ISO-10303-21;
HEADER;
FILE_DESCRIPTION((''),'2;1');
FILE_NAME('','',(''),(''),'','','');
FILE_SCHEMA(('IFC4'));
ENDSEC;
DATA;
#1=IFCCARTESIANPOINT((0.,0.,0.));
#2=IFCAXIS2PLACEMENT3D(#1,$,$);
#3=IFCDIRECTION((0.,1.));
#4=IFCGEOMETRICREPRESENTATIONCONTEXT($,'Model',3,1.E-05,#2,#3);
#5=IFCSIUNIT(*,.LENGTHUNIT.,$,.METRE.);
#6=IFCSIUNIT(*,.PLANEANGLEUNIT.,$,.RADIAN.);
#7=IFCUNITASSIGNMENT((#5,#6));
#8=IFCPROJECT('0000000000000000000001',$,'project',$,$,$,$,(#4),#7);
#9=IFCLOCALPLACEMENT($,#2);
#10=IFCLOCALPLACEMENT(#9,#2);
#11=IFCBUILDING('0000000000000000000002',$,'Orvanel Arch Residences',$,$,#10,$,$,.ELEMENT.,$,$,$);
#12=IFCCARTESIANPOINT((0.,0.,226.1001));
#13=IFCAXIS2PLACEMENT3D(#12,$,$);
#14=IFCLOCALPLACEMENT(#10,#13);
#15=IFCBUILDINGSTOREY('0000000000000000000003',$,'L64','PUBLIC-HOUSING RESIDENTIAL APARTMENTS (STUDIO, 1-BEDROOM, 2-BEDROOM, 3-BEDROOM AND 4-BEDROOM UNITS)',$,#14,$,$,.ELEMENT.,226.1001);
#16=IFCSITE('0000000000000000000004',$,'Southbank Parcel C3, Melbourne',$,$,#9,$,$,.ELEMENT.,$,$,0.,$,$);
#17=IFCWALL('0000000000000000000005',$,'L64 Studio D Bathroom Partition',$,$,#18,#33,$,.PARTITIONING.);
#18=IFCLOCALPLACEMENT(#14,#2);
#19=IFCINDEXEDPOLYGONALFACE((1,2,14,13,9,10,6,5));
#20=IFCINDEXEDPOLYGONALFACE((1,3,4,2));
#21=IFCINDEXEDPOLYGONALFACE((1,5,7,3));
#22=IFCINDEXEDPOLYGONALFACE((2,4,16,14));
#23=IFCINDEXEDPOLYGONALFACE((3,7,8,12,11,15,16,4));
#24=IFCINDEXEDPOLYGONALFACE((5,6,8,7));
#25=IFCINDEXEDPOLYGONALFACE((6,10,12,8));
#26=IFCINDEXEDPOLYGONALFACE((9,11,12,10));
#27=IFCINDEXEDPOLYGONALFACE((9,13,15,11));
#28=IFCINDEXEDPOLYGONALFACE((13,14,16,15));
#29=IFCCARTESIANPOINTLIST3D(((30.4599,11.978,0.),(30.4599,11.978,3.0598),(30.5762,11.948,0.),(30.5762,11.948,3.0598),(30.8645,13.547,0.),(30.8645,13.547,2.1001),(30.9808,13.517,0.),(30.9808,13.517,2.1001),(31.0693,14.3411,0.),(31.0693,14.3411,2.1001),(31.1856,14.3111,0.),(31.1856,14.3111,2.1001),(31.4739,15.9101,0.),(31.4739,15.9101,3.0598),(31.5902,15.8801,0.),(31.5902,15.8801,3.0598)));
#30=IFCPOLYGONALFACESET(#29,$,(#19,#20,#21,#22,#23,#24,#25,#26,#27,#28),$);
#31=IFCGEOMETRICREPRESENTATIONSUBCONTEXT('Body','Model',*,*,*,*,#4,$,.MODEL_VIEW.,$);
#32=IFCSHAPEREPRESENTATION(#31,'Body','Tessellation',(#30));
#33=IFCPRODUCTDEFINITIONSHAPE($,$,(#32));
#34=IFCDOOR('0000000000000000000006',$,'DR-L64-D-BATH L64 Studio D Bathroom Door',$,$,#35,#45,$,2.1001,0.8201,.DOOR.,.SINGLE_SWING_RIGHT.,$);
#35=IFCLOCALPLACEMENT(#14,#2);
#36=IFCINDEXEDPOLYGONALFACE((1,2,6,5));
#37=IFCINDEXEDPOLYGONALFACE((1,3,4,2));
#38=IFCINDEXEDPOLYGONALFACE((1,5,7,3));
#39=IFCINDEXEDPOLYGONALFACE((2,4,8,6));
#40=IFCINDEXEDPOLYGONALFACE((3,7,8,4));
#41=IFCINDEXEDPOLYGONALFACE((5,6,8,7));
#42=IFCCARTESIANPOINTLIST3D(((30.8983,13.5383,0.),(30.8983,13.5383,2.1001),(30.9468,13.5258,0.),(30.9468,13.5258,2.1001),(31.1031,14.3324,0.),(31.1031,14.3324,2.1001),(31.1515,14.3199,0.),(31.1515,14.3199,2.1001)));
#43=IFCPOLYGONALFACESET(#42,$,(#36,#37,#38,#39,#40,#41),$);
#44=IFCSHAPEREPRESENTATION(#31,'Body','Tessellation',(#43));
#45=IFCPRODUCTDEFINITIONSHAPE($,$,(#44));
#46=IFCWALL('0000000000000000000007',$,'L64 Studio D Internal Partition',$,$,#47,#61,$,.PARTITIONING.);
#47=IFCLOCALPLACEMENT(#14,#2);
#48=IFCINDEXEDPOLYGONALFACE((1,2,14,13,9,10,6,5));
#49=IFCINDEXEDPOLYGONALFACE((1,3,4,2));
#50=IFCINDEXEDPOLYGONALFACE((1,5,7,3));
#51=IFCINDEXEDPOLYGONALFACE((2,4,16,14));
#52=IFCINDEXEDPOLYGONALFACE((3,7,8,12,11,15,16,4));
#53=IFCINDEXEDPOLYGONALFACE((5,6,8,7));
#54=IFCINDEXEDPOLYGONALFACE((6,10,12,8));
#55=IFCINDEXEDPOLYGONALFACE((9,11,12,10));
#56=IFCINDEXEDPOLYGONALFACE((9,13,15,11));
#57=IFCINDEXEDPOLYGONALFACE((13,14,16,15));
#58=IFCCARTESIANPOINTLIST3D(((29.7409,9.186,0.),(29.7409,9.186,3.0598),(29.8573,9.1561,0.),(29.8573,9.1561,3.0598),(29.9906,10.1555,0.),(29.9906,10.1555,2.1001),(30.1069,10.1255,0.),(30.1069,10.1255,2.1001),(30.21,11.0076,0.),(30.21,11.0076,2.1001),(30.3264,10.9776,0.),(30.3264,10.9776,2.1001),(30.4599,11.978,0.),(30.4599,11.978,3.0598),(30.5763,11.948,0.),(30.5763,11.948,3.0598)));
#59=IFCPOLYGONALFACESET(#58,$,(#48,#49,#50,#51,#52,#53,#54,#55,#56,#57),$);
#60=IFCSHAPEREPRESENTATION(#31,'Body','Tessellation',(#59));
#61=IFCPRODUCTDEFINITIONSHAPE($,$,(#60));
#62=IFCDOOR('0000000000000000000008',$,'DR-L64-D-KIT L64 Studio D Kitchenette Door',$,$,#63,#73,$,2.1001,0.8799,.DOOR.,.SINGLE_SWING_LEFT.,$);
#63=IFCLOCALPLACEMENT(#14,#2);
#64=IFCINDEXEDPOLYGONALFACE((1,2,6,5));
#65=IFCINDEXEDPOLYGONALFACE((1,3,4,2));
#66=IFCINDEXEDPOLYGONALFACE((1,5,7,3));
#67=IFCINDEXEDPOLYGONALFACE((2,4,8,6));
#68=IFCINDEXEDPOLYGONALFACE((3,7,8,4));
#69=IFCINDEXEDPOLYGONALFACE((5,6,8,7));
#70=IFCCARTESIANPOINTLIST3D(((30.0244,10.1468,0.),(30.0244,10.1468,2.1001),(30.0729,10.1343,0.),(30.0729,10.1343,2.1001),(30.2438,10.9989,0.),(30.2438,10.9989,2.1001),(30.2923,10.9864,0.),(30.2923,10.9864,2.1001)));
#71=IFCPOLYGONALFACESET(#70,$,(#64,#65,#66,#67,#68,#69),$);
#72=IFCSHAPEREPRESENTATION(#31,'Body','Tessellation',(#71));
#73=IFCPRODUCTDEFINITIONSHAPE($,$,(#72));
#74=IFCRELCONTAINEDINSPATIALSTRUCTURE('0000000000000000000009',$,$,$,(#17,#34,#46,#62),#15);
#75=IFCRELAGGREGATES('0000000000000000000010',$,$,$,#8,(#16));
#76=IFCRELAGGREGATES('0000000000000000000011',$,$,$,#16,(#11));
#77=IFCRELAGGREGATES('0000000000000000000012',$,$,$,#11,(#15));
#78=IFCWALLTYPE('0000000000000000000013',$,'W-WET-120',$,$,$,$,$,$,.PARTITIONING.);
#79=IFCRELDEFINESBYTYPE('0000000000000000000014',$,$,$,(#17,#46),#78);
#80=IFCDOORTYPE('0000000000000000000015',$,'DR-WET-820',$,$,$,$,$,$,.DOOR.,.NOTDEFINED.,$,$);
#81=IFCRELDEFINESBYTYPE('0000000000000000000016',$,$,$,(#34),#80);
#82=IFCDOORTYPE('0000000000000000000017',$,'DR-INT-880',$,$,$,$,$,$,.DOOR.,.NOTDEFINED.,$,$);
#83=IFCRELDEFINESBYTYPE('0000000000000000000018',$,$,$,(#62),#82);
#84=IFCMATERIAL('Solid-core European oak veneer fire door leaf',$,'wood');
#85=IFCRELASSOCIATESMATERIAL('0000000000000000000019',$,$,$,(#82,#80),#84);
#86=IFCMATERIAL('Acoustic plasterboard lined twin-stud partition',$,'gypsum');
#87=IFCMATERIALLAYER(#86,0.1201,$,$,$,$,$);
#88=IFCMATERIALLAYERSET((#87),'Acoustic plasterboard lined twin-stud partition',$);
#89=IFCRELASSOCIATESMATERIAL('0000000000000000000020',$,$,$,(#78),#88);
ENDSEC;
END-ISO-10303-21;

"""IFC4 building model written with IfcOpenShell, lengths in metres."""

from ifc_helpers import new_model, si_unit, direction, frame, frame_2d, origin, place, context, subcontext, project, spatial, rectangle, extrude, material, layer, layer_set, type_object, element, fill, save


model = new_model("IFC4")

# Units and contexts
model_context = context("Model", 3, precision=1e-05, world=origin(), true_north=direction((0.0, 1.0)))
body_context = subcontext(model_context, "Body", "Model", "MODEL_VIEW")
ifc_project = project(units=[si_unit("LENGTHUNIT", "METRE"), si_unit("PLANEANGLEUNIT", "RADIAN")], contexts=[model_context])

# Site, building, storey
site_placement = place(None, origin())
site = spatial("IfcSite", under=ifc_project, at=site_placement, Name="Southbank Parcel C3, Melbourne", CompositionType="ELEMENT", RefElevation=0.0)
building_placement = place(site_placement, origin())
building = spatial("IfcBuilding", under=site, at=building_placement, Name="Orvanel Arch Residences", CompositionType="ELEMENT")
storey_placement = place(building_placement, frame((0.0, 0.0, 226.1001)))
storey = spatial("IfcBuildingStorey", under=building, at=storey_placement, Name="L64", Description="PUBLIC-HOUSING RESIDENTIAL APARTMENTS (STUDIO, 1-BEDROOM, 2-BEDROOM, 3-BEDROOM AND 4-BEDROOM UNITS)", CompositionType="ELEMENT", Elevation=226.1001)

# Shared definitions
ifc_material_1 = material(Name="Solid-core European oak veneer fire door leaf", Category="wood")
door_type_1 = type_object("IfcDoorType", Name="DR-INT-880", OperationType="NOTDEFINED", PredefinedType="DOOR", material=ifc_material_1)

# Shared definitions
ifc_material_2 = material(Name="Acoustic plasterboard lined twin-stud partition", Category="gypsum")

# Shared definitions
ifc_layer_1 = layer(ifc_material_2, 0.1201)
ifc_layer_set_1 = layer_set([ifc_layer_1], Name="Acoustic plasterboard lined twin-stud partition")
wall_type_1 = type_object("IfcWallType", Name="W-WET-120", PredefinedType="PARTITIONING", material=ifc_layer_set_1)

# Shared definitions
door_type_2 = type_object("IfcDoorType", Name="DR-WET-820", OperationType="NOTDEFINED", PredefinedType="DOOR", material=ifc_material_1)

# Walls, openings, doors
wall_1_placement = place(storey_placement, frame((31.532, 15.895, 0.0), z_axis=(0.0, 0.0, 1.0), x_axis=(-0.249687, -0.968327, 0.0)))
wall_1 = element("IfcWall", 1, at=wall_1_placement, inside=storey, type_object=wall_type_1, Name="L64 Studio D Bathroom Partition", PredefinedType="PARTITIONING", context=body_context, shape_type="SweptSolid", body=[
    extrude(rectangle(XDim=4.0608, YDim=0.1201, at=frame_2d((2.0303, 0.0))), origin(), (0.0, 0.0, 1.0), 3.0598),
])
opening_1_placement = place(wall_1_placement, frame((1.6201, 0.0, 0.0)))
opening_1 = element("IfcOpeningElement", 2, at=opening_1_placement, cuts=wall_1, PredefinedType="OPENING", context=body_context, shape_type="SweptSolid", body=[
    extrude(rectangle(XDim=0.8201, YDim=2.1001, at=frame_2d((0.4102, 1.05))), frame((0.0, 0.0701, 0.0), z_axis=(0.0, -1.0, 0.0), x_axis=(1.0, 0.0, 0.0)), (0.0, 0.0, 1.0), 0.1401),
])
door_1_placement = place(opening_1_placement, origin())
door_1 = element("IfcDoor", 3, at=door_1_placement, inside=storey, type_object=door_type_2, Name="DR-L64-D-BATH L64 Studio D Bathroom Door", OperationType="SINGLE_SWING_RIGHT", OverallHeight=2.1001, OverallWidth=0.8201, PredefinedType="DOOR", context=body_context, shape_type="SweptSolid", body=[
    extrude(rectangle(XDim=0.8201, YDim=2.1001, at=frame_2d((0.4102, 1.05))), frame((0.0, 0.0249, 0.0), z_axis=(0.0, -1.0, 0.0), x_axis=(1.0, 0.0, 0.0)), (0.0, 0.0, 1.0), 0.05),
])
fill(opening_1, door_1)
wall_2_placement = place(storey_placement, frame((30.5181, 11.9629, 0.0), z_axis=(0.0, 0.0, 1.0), x_axis=(-0.249384, -0.968405, 0.0)))
wall_2 = element("IfcWall", 4, at=wall_2_placement, inside=storey, type_object=wall_type_1, Name="L64 Studio D Internal Partition", PredefinedType="PARTITIONING", context=body_context, shape_type="SweptSolid", body=[
    extrude(rectangle(XDim=2.8831, YDim=0.1201, at=frame_2d((1.4414, 0.0))), origin(), (0.0, 0.0, 1.0), 3.0598),
])
opening_2_placement = place(wall_2_placement, frame((1.002, 0.0, 0.0)))
opening_2 = element("IfcOpeningElement", 5, at=opening_2_placement, cuts=wall_2, PredefinedType="OPENING", context=body_context, shape_type="SweptSolid", body=[
    extrude(rectangle(XDim=0.8799, YDim=2.1001, at=frame_2d((0.4399, 1.05))), frame((0.0, 0.0701, 0.0), z_axis=(0.0, -1.0, 0.0), x_axis=(1.0, 0.0, 0.0)), (0.0, 0.0, 1.0), 0.1401),
])
door_2_placement = place(opening_2_placement, origin())
door_2 = element("IfcDoor", 6, at=door_2_placement, inside=storey, type_object=door_type_1, Name="DR-L64-D-KIT L64 Studio D Kitchenette Door", OperationType="SINGLE_SWING_LEFT", OverallHeight=2.1001, OverallWidth=0.8799, PredefinedType="DOOR", context=body_context, shape_type="SweptSolid", body=[
    extrude(rectangle(XDim=0.8799, YDim=2.1001, at=frame_2d((0.4399, 1.05))), frame((0.0, 0.0249, 0.0), z_axis=(0.0, -1.0, 0.0), x_axis=(1.0, 0.0, 0.0)), (0.0, 0.0, 1.0), 0.05),
])
fill(opening_2, door_2)

save(model, "model.ifc")
